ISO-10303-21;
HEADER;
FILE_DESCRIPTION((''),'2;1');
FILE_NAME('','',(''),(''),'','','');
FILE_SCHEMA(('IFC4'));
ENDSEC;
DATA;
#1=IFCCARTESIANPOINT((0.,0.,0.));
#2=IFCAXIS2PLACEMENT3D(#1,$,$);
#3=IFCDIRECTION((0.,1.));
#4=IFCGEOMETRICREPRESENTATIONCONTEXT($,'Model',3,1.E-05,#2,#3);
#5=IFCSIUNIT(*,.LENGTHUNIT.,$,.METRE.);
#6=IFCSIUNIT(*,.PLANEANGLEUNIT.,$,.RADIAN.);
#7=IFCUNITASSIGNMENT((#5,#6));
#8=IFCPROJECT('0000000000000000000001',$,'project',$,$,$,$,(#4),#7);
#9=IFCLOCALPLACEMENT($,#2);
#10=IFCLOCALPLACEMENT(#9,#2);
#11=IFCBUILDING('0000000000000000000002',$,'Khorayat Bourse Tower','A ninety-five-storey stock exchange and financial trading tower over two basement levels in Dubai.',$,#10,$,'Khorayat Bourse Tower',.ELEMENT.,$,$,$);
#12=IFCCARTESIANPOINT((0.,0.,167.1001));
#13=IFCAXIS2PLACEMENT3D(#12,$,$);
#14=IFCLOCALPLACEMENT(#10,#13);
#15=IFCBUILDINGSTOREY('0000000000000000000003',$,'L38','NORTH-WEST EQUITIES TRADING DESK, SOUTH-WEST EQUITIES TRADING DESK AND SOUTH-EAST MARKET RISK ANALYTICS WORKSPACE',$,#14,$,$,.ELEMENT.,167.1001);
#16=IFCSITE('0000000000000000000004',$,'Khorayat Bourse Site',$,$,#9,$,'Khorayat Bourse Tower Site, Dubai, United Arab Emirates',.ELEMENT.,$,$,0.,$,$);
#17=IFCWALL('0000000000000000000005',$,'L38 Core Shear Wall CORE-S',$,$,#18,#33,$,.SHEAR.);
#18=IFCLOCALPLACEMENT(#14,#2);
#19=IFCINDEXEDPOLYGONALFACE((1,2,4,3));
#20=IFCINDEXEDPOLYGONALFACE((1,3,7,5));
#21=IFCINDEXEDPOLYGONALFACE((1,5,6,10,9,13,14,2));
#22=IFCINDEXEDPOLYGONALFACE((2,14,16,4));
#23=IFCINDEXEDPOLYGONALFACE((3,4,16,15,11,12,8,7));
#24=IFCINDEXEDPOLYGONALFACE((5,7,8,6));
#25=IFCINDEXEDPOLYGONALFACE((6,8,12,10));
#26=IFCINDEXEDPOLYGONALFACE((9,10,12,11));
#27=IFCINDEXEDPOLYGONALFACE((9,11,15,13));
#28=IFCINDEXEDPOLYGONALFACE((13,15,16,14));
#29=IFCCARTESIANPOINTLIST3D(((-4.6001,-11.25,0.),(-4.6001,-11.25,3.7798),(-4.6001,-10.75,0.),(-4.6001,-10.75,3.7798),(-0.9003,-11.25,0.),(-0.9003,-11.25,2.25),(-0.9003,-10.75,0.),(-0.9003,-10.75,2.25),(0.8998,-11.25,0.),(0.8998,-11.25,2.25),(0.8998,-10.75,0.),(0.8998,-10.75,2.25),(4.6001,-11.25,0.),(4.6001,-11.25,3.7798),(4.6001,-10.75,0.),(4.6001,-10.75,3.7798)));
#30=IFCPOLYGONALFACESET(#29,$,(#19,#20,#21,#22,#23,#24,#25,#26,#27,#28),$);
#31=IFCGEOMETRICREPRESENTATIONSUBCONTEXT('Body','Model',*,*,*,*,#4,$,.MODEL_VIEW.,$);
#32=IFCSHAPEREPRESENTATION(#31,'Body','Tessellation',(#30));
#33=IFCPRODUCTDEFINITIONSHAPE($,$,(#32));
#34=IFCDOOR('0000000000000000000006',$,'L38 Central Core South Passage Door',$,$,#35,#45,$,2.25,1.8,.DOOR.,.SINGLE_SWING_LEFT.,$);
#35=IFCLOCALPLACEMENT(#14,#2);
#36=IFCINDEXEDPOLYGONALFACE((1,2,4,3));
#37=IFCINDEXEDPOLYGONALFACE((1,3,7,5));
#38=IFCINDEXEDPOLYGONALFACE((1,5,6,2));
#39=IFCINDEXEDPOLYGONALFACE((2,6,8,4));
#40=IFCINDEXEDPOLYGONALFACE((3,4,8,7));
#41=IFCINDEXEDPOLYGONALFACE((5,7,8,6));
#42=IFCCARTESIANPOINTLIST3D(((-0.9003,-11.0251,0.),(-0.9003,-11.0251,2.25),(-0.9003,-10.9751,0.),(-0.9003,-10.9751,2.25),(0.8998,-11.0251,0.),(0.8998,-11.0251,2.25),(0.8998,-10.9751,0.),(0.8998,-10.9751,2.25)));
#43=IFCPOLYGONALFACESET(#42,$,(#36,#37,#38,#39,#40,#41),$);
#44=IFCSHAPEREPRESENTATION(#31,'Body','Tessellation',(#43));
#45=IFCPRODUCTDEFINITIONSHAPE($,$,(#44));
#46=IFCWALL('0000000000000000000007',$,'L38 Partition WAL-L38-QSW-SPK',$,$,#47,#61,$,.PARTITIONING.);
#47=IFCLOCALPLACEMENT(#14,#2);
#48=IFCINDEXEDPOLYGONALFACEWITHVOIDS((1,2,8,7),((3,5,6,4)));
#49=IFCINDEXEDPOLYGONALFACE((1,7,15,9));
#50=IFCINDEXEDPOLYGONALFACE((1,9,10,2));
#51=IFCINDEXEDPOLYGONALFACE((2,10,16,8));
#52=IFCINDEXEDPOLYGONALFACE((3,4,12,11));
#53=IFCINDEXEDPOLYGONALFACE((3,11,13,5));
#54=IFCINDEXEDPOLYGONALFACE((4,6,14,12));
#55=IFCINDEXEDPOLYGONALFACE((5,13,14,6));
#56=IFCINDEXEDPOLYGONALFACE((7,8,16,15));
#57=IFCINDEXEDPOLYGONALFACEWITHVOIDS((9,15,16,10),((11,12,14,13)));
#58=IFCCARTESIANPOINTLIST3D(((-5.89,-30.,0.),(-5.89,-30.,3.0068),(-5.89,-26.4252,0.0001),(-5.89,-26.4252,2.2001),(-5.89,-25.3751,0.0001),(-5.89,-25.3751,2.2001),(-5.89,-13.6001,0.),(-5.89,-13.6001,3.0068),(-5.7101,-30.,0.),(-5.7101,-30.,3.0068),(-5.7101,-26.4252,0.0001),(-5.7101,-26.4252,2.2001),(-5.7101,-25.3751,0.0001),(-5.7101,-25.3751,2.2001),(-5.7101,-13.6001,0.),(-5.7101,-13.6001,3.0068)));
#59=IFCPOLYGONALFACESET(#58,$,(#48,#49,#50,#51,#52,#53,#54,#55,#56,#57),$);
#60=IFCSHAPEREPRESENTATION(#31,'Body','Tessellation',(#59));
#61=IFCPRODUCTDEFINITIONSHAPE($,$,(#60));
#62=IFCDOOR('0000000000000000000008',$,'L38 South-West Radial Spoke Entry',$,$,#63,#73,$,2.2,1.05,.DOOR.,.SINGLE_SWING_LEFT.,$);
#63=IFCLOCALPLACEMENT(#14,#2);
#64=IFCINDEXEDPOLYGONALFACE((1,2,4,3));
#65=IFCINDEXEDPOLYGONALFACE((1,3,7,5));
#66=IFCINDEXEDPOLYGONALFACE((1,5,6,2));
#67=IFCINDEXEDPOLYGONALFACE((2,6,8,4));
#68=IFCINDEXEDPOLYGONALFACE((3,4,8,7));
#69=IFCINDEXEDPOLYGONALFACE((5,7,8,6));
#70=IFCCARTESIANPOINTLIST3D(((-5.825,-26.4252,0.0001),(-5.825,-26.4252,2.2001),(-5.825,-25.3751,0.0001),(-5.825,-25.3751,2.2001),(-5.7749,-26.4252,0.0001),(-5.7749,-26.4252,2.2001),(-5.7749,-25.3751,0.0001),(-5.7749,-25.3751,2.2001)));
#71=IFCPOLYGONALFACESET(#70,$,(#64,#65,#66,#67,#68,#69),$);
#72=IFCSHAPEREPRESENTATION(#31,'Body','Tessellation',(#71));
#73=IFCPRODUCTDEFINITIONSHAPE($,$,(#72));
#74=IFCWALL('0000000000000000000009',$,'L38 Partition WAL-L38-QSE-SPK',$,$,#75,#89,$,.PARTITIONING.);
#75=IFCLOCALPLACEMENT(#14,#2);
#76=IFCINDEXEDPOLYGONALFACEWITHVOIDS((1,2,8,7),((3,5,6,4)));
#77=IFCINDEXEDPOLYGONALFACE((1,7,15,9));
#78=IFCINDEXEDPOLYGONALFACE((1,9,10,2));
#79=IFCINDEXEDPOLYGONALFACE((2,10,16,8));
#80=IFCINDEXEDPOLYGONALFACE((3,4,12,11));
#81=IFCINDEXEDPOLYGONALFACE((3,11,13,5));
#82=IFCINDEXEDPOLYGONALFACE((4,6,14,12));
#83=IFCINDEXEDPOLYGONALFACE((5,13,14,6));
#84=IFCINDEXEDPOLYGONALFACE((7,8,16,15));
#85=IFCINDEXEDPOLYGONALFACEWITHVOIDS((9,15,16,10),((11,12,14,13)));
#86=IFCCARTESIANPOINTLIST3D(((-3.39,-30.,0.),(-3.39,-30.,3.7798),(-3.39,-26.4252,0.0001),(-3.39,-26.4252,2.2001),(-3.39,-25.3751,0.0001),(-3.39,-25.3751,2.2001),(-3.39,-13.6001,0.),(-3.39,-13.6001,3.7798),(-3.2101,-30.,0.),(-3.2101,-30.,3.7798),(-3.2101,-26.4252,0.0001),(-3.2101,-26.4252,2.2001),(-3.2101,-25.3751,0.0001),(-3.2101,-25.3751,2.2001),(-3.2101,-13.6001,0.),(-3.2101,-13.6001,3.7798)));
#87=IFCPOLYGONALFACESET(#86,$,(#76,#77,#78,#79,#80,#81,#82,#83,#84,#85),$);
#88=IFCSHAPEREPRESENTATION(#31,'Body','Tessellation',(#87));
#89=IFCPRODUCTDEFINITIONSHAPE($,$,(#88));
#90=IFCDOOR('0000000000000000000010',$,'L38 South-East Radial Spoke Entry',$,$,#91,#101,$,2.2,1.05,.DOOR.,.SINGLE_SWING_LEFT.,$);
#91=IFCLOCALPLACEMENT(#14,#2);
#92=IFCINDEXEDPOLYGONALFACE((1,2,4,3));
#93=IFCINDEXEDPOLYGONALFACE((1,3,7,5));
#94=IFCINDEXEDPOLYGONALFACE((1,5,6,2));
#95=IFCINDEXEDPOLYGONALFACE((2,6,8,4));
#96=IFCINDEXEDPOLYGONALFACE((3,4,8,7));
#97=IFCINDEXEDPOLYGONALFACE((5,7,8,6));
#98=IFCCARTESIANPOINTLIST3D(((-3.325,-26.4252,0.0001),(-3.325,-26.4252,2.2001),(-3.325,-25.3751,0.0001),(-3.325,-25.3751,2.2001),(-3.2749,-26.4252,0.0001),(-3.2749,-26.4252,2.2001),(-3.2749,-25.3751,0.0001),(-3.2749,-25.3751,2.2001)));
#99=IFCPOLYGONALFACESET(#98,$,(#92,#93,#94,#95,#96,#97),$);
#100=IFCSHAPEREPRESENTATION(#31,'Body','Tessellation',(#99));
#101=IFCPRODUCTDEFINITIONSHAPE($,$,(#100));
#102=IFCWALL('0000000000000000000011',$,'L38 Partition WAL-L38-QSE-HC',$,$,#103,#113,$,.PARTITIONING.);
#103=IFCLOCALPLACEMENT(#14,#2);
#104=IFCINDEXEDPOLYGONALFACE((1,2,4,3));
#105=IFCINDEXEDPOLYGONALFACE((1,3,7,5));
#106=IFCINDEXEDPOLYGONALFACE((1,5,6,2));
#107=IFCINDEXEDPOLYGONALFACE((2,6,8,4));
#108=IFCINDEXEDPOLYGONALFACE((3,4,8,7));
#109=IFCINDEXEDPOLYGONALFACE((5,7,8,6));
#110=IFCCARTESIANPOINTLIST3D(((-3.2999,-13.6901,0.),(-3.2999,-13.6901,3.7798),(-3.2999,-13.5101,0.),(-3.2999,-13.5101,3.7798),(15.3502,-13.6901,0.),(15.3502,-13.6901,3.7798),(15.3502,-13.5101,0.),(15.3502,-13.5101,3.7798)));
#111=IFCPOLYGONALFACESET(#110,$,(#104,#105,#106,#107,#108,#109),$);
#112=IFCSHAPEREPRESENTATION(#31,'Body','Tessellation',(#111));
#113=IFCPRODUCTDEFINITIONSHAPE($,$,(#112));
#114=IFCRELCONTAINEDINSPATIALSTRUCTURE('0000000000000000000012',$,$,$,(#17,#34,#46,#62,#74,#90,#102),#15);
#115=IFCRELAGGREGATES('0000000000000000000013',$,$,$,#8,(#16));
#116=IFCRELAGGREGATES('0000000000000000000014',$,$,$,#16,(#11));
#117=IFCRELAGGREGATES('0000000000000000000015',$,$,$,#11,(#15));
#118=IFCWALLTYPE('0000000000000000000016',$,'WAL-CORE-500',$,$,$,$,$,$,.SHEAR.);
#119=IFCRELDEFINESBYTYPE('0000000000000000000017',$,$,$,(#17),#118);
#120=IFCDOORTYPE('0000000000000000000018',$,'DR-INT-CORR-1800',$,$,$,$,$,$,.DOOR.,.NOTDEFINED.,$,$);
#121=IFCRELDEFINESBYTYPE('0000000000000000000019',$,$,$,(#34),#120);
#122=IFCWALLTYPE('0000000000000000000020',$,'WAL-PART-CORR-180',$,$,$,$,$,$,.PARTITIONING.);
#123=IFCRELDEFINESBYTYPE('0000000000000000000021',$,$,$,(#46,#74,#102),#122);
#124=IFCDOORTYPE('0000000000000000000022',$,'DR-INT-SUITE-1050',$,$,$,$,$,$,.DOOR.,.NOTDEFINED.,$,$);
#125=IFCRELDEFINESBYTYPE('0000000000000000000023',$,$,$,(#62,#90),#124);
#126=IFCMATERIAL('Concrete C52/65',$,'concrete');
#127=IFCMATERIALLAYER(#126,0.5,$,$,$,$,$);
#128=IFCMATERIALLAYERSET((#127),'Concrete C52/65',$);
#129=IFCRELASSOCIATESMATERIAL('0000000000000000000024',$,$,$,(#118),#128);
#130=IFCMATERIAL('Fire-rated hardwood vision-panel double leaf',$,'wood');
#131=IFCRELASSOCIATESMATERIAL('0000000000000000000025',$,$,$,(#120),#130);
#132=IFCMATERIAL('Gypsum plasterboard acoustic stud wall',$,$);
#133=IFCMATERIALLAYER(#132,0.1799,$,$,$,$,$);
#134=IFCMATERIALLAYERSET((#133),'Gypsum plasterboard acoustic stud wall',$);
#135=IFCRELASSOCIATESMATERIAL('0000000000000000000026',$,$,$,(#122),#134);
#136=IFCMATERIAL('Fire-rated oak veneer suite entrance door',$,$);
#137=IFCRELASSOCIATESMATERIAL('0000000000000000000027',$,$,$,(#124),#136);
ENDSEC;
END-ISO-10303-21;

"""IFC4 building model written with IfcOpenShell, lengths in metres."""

from ifc_helpers import new_model, si_unit, direction, frame, frame_2d, origin, place, context, subcontext, project, spatial, rectangle, extrude, source, transform, mapped, material, layer, layer_set, type_object, element, fill, save


model = new_model("IFC4")

# Units and contexts
model_context = context("Model", 3, precision=1e-05, world=origin(), true_north=direction((0.0, 1.0)))
body_context = subcontext(model_context, "Body", "Model", "MODEL_VIEW")
ifc_project = project(units=[si_unit("LENGTHUNIT", "METRE"), si_unit("PLANEANGLEUNIT", "RADIAN")], contexts=[model_context])

# Site, building, storey
site_placement = place(None, origin())
site = spatial("IfcSite", under=ifc_project, at=site_placement, Name="Khorayat Bourse Site", LongName="Khorayat Bourse Tower Site, Dubai, United Arab Emirates", CompositionType="ELEMENT", RefElevation=0.0)
building_placement = place(site_placement, origin())
building = spatial("IfcBuilding", under=site, at=building_placement, Name="Khorayat Bourse Tower", Description="A ninety-five-storey stock exchange and financial trading tower over two basement levels in Dubai.", LongName="Khorayat Bourse Tower", CompositionType="ELEMENT")
storey_placement = place(building_placement, frame((0.0, 0.0, 167.1001)))
storey = spatial("IfcBuildingStorey", under=building, at=storey_placement, Name="L38", Description="NORTH-WEST EQUITIES TRADING DESK, SOUTH-WEST EQUITIES TRADING DESK AND SOUTH-EAST MARKET RISK ANALYTICS WORKSPACE", CompositionType="ELEMENT", Elevation=167.1001)

# Walls, openings, doors
ifc_material_1 = material(Name="Concrete C52/65", Category="concrete")
ifc_layer_1 = layer(ifc_material_1, 0.5)
ifc_layer_set_1 = layer_set([ifc_layer_1], Name="Concrete C52/65")
wall_type_1 = type_object("IfcWallType", Name="WAL-CORE-500", PredefinedType="SHEAR", material=ifc_layer_set_1)
shared_shape_1 = source(origin(), body_context, "Body", "SweptSolid", [
    extrude(rectangle(XDim=9.2002, YDim=0.5, at=frame_2d((4.6001, 0.0))), origin(), (0.0, 0.0, 1.0), 3.7798),
])
wall_1_placement = place(storey_placement, frame((-4.6001, -11.0, 0.0), z_axis=(0.0, 0.0, 1.0), x_axis=(1.0, 0.0, 0.0)))
wall_1 = element("IfcWall", 1, at=wall_1_placement, inside=storey, type_object=wall_type_1, Name="L38 Core Shear Wall CORE-S", PredefinedType="SHEAR", context=body_context, shape_type="MappedRepresentation", body=[
    mapped(shared_shape_1, transform((0.0, 0.0, 0.0), scale=1.0)),
])
shared_shape_2 = source(origin(), body_context, "Body", "SweptSolid", [
    extrude(rectangle(XDim=1.8, YDim=2.25, at=frame_2d((0.8999, 1.125))), frame((0.0, 0.26, 0.0), z_axis=(0.0, -1.0, 0.0), x_axis=(1.0, 0.0, 0.0)), (0.0, 0.0, 1.0), 0.52),
])
opening_1_placement = place(wall_1_placement, frame((3.7, 0.0, 0.0)))
opening_1 = element("IfcOpeningElement", 2, at=opening_1_placement, cuts=wall_1, PredefinedType="OPENING", context=body_context, shape_type="MappedRepresentation", body=[
    mapped(shared_shape_2, transform((0.0, 0.0, 0.0), scale=1.0)),
])
ifc_material_2 = material(Name="Fire-rated hardwood vision-panel double leaf", Category="wood")
door_type_1 = type_object("IfcDoorType", Name="DR-INT-CORR-1800", OperationType="NOTDEFINED", PredefinedType="DOOR", material=ifc_material_2)
shared_shape_3 = source(origin(), body_context, "Body", "SweptSolid", [
    extrude(rectangle(XDim=1.8, YDim=2.25, at=frame_2d((0.8999, 1.125))), frame((0.0, 0.0249, 0.0), z_axis=(0.0, -1.0, 0.0), x_axis=(1.0, 0.0, 0.0)), (0.0, 0.0, 1.0), 0.05),
])
door_1_placement = place(opening_1_placement, origin())
door_1 = element("IfcDoor", 3, at=door_1_placement, inside=storey, type_object=door_type_1, Name="L38 Central Core South Passage Door", OperationType="SINGLE_SWING_LEFT", OverallHeight=2.25, OverallWidth=1.8, PredefinedType="DOOR", context=body_context, shape_type="MappedRepresentation", body=[
    mapped(shared_shape_3, transform((0.0, 0.0, 0.0), scale=1.0)),
])
fill(opening_1, door_1)
ifc_material_3 = material(Name="Gypsum plasterboard acoustic stud wall")
ifc_layer_2 = layer(ifc_material_3, 0.1799)
ifc_layer_set_2 = layer_set([ifc_layer_2], Name="Gypsum plasterboard acoustic stud wall")
wall_type_2 = type_object("IfcWallType", Name="WAL-PART-CORR-180", PredefinedType="PARTITIONING", material=ifc_layer_set_2)
shared_shape_4 = source(origin(), body_context, "Body", "SweptSolid", [
    extrude(rectangle(XDim=16.3999, YDim=0.1799, at=frame_2d((8.2, 0.0))), origin(), (0.0, 0.0, 1.0), 3.0068),
])
wall_2_placement = place(storey_placement, frame((-5.8, -30.0, 0.0), z_axis=(0.0, 0.0, 1.0), x_axis=(0.0, 1.0, 0.0)))
wall_2 = element("IfcWall", 4, at=wall_2_placement, inside=storey, type_object=wall_type_2, Name="L38 Partition WAL-L38-QSW-SPK", PredefinedType="PARTITIONING", context=body_context, shape_type="MappedRepresentation", body=[
    mapped(shared_shape_4, transform((0.0, 0.0, 0.0), scale=1.0)),
])
shared_shape_5 = source(origin(), body_context, "Body", "SweptSolid", [
    extrude(rectangle(XDim=1.05, YDim=2.2, at=frame_2d((0.5249, 1.1001))), frame((0.0, 0.0999, 0.0), z_axis=(0.0, -1.0, 0.0), x_axis=(1.0, 0.0, 0.0)), (0.0, 0.0, 1.0), 0.2),
])
opening_2_placement = place(wall_2_placement, frame((3.575, 0.0, 0.0)))
opening_2 = element("IfcOpeningElement", 5, at=opening_2_placement, cuts=wall_2, PredefinedType="OPENING", context=body_context, shape_type="MappedRepresentation", body=[
    mapped(shared_shape_5, transform((0.0, 0.0, 0.0), scale=1.0)),
])
ifc_material_4 = material(Name="Fire-rated oak veneer suite entrance door")
door_type_2 = type_object("IfcDoorType", Name="DR-INT-SUITE-1050", OperationType="NOTDEFINED", PredefinedType="DOOR", material=ifc_material_4)
shared_shape_6 = source(origin(), body_context, "Body", "SweptSolid", [
    extrude(rectangle(XDim=1.05, YDim=2.2, at=frame_2d((0.5249, 1.1001))), frame((0.0, 0.0249, 0.0), z_axis=(0.0, -1.0, 0.0), x_axis=(1.0, 0.0, 0.0)), (0.0, 0.0, 1.0), 0.05),
])
door_2_placement = place(opening_2_placement, origin())
door_2 = element("IfcDoor", 6, at=door_2_placement, inside=storey, type_object=door_type_2, Name="L38 South-West Radial Spoke Entry", OperationType="SINGLE_SWING_LEFT", OverallHeight=2.2, OverallWidth=1.05, PredefinedType="DOOR", context=body_context, shape_type="MappedRepresentation", body=[
    mapped(shared_shape_6, transform((0.0, 0.0, 0.0), scale=1.0)),
])
fill(opening_2, door_2)
shared_shape_7 = source(origin(), body_context, "Body", "SweptSolid", [
    extrude(rectangle(XDim=16.3999, YDim=0.1799, at=frame_2d((8.2, 0.0))), origin(), (0.0, 0.0, 1.0), 3.7798),
])
wall_3_placement = place(storey_placement, frame((-3.3, -30.0, 0.0), z_axis=(0.0, 0.0, 1.0), x_axis=(0.0, 1.0, 0.0)))
wall_3 = element("IfcWall", 7, at=wall_3_placement, inside=storey, type_object=wall_type_2, Name="L38 Partition WAL-L38-QSE-SPK", PredefinedType="PARTITIONING", context=body_context, shape_type="MappedRepresentation", body=[
    mapped(shared_shape_7, transform((0.0, 0.0, 0.0), scale=1.0)),
])
opening_3_placement = place(wall_3_placement, frame((3.575, 0.0, 0.0)))
opening_3 = element("IfcOpeningElement", 8, at=opening_3_placement, cuts=wall_3, PredefinedType="OPENING", context=body_context, shape_type="MappedRepresentation", body=[
    mapped(shared_shape_5, transform((0.0, 0.0, 0.0), scale=1.0)),
])
door_3_placement = place(opening_3_placement, origin())
door_3 = element("IfcDoor", 9, at=door_3_placement, inside=storey, type_object=door_type_2, Name="L38 South-East Radial Spoke Entry", OperationType="SINGLE_SWING_LEFT", OverallHeight=2.2, OverallWidth=1.05, PredefinedType="DOOR", context=body_context, shape_type="MappedRepresentation", body=[
    mapped(shared_shape_6, transform((0.0, 0.0, 0.0), scale=1.0)),
])
fill(opening_3, door_3)

# Wall
shared_shape_8 = source(origin(), body_context, "Body", "SweptSolid", [
    extrude(rectangle(XDim=18.6501, YDim=0.1799, at=frame_2d((9.3252, 0.0))), origin(), (0.0, 0.0, 1.0), 3.7798),
])
wall_4_placement = place(storey_placement, frame((-3.3, -13.6001, 0.0), z_axis=(0.0, 0.0, 1.0), x_axis=(1.0, 0.0, 0.0)))
element("IfcWall", 10, at=wall_4_placement, inside=storey, type_object=wall_type_2, Name="L38 Partition WAL-L38-QSE-HC", PredefinedType="PARTITIONING", context=body_context, shape_type="MappedRepresentation", body=[
    mapped(shared_shape_8, transform((0.0, 0.0, 0.0), scale=1.0)),
])

save(model, "model.ifc")
